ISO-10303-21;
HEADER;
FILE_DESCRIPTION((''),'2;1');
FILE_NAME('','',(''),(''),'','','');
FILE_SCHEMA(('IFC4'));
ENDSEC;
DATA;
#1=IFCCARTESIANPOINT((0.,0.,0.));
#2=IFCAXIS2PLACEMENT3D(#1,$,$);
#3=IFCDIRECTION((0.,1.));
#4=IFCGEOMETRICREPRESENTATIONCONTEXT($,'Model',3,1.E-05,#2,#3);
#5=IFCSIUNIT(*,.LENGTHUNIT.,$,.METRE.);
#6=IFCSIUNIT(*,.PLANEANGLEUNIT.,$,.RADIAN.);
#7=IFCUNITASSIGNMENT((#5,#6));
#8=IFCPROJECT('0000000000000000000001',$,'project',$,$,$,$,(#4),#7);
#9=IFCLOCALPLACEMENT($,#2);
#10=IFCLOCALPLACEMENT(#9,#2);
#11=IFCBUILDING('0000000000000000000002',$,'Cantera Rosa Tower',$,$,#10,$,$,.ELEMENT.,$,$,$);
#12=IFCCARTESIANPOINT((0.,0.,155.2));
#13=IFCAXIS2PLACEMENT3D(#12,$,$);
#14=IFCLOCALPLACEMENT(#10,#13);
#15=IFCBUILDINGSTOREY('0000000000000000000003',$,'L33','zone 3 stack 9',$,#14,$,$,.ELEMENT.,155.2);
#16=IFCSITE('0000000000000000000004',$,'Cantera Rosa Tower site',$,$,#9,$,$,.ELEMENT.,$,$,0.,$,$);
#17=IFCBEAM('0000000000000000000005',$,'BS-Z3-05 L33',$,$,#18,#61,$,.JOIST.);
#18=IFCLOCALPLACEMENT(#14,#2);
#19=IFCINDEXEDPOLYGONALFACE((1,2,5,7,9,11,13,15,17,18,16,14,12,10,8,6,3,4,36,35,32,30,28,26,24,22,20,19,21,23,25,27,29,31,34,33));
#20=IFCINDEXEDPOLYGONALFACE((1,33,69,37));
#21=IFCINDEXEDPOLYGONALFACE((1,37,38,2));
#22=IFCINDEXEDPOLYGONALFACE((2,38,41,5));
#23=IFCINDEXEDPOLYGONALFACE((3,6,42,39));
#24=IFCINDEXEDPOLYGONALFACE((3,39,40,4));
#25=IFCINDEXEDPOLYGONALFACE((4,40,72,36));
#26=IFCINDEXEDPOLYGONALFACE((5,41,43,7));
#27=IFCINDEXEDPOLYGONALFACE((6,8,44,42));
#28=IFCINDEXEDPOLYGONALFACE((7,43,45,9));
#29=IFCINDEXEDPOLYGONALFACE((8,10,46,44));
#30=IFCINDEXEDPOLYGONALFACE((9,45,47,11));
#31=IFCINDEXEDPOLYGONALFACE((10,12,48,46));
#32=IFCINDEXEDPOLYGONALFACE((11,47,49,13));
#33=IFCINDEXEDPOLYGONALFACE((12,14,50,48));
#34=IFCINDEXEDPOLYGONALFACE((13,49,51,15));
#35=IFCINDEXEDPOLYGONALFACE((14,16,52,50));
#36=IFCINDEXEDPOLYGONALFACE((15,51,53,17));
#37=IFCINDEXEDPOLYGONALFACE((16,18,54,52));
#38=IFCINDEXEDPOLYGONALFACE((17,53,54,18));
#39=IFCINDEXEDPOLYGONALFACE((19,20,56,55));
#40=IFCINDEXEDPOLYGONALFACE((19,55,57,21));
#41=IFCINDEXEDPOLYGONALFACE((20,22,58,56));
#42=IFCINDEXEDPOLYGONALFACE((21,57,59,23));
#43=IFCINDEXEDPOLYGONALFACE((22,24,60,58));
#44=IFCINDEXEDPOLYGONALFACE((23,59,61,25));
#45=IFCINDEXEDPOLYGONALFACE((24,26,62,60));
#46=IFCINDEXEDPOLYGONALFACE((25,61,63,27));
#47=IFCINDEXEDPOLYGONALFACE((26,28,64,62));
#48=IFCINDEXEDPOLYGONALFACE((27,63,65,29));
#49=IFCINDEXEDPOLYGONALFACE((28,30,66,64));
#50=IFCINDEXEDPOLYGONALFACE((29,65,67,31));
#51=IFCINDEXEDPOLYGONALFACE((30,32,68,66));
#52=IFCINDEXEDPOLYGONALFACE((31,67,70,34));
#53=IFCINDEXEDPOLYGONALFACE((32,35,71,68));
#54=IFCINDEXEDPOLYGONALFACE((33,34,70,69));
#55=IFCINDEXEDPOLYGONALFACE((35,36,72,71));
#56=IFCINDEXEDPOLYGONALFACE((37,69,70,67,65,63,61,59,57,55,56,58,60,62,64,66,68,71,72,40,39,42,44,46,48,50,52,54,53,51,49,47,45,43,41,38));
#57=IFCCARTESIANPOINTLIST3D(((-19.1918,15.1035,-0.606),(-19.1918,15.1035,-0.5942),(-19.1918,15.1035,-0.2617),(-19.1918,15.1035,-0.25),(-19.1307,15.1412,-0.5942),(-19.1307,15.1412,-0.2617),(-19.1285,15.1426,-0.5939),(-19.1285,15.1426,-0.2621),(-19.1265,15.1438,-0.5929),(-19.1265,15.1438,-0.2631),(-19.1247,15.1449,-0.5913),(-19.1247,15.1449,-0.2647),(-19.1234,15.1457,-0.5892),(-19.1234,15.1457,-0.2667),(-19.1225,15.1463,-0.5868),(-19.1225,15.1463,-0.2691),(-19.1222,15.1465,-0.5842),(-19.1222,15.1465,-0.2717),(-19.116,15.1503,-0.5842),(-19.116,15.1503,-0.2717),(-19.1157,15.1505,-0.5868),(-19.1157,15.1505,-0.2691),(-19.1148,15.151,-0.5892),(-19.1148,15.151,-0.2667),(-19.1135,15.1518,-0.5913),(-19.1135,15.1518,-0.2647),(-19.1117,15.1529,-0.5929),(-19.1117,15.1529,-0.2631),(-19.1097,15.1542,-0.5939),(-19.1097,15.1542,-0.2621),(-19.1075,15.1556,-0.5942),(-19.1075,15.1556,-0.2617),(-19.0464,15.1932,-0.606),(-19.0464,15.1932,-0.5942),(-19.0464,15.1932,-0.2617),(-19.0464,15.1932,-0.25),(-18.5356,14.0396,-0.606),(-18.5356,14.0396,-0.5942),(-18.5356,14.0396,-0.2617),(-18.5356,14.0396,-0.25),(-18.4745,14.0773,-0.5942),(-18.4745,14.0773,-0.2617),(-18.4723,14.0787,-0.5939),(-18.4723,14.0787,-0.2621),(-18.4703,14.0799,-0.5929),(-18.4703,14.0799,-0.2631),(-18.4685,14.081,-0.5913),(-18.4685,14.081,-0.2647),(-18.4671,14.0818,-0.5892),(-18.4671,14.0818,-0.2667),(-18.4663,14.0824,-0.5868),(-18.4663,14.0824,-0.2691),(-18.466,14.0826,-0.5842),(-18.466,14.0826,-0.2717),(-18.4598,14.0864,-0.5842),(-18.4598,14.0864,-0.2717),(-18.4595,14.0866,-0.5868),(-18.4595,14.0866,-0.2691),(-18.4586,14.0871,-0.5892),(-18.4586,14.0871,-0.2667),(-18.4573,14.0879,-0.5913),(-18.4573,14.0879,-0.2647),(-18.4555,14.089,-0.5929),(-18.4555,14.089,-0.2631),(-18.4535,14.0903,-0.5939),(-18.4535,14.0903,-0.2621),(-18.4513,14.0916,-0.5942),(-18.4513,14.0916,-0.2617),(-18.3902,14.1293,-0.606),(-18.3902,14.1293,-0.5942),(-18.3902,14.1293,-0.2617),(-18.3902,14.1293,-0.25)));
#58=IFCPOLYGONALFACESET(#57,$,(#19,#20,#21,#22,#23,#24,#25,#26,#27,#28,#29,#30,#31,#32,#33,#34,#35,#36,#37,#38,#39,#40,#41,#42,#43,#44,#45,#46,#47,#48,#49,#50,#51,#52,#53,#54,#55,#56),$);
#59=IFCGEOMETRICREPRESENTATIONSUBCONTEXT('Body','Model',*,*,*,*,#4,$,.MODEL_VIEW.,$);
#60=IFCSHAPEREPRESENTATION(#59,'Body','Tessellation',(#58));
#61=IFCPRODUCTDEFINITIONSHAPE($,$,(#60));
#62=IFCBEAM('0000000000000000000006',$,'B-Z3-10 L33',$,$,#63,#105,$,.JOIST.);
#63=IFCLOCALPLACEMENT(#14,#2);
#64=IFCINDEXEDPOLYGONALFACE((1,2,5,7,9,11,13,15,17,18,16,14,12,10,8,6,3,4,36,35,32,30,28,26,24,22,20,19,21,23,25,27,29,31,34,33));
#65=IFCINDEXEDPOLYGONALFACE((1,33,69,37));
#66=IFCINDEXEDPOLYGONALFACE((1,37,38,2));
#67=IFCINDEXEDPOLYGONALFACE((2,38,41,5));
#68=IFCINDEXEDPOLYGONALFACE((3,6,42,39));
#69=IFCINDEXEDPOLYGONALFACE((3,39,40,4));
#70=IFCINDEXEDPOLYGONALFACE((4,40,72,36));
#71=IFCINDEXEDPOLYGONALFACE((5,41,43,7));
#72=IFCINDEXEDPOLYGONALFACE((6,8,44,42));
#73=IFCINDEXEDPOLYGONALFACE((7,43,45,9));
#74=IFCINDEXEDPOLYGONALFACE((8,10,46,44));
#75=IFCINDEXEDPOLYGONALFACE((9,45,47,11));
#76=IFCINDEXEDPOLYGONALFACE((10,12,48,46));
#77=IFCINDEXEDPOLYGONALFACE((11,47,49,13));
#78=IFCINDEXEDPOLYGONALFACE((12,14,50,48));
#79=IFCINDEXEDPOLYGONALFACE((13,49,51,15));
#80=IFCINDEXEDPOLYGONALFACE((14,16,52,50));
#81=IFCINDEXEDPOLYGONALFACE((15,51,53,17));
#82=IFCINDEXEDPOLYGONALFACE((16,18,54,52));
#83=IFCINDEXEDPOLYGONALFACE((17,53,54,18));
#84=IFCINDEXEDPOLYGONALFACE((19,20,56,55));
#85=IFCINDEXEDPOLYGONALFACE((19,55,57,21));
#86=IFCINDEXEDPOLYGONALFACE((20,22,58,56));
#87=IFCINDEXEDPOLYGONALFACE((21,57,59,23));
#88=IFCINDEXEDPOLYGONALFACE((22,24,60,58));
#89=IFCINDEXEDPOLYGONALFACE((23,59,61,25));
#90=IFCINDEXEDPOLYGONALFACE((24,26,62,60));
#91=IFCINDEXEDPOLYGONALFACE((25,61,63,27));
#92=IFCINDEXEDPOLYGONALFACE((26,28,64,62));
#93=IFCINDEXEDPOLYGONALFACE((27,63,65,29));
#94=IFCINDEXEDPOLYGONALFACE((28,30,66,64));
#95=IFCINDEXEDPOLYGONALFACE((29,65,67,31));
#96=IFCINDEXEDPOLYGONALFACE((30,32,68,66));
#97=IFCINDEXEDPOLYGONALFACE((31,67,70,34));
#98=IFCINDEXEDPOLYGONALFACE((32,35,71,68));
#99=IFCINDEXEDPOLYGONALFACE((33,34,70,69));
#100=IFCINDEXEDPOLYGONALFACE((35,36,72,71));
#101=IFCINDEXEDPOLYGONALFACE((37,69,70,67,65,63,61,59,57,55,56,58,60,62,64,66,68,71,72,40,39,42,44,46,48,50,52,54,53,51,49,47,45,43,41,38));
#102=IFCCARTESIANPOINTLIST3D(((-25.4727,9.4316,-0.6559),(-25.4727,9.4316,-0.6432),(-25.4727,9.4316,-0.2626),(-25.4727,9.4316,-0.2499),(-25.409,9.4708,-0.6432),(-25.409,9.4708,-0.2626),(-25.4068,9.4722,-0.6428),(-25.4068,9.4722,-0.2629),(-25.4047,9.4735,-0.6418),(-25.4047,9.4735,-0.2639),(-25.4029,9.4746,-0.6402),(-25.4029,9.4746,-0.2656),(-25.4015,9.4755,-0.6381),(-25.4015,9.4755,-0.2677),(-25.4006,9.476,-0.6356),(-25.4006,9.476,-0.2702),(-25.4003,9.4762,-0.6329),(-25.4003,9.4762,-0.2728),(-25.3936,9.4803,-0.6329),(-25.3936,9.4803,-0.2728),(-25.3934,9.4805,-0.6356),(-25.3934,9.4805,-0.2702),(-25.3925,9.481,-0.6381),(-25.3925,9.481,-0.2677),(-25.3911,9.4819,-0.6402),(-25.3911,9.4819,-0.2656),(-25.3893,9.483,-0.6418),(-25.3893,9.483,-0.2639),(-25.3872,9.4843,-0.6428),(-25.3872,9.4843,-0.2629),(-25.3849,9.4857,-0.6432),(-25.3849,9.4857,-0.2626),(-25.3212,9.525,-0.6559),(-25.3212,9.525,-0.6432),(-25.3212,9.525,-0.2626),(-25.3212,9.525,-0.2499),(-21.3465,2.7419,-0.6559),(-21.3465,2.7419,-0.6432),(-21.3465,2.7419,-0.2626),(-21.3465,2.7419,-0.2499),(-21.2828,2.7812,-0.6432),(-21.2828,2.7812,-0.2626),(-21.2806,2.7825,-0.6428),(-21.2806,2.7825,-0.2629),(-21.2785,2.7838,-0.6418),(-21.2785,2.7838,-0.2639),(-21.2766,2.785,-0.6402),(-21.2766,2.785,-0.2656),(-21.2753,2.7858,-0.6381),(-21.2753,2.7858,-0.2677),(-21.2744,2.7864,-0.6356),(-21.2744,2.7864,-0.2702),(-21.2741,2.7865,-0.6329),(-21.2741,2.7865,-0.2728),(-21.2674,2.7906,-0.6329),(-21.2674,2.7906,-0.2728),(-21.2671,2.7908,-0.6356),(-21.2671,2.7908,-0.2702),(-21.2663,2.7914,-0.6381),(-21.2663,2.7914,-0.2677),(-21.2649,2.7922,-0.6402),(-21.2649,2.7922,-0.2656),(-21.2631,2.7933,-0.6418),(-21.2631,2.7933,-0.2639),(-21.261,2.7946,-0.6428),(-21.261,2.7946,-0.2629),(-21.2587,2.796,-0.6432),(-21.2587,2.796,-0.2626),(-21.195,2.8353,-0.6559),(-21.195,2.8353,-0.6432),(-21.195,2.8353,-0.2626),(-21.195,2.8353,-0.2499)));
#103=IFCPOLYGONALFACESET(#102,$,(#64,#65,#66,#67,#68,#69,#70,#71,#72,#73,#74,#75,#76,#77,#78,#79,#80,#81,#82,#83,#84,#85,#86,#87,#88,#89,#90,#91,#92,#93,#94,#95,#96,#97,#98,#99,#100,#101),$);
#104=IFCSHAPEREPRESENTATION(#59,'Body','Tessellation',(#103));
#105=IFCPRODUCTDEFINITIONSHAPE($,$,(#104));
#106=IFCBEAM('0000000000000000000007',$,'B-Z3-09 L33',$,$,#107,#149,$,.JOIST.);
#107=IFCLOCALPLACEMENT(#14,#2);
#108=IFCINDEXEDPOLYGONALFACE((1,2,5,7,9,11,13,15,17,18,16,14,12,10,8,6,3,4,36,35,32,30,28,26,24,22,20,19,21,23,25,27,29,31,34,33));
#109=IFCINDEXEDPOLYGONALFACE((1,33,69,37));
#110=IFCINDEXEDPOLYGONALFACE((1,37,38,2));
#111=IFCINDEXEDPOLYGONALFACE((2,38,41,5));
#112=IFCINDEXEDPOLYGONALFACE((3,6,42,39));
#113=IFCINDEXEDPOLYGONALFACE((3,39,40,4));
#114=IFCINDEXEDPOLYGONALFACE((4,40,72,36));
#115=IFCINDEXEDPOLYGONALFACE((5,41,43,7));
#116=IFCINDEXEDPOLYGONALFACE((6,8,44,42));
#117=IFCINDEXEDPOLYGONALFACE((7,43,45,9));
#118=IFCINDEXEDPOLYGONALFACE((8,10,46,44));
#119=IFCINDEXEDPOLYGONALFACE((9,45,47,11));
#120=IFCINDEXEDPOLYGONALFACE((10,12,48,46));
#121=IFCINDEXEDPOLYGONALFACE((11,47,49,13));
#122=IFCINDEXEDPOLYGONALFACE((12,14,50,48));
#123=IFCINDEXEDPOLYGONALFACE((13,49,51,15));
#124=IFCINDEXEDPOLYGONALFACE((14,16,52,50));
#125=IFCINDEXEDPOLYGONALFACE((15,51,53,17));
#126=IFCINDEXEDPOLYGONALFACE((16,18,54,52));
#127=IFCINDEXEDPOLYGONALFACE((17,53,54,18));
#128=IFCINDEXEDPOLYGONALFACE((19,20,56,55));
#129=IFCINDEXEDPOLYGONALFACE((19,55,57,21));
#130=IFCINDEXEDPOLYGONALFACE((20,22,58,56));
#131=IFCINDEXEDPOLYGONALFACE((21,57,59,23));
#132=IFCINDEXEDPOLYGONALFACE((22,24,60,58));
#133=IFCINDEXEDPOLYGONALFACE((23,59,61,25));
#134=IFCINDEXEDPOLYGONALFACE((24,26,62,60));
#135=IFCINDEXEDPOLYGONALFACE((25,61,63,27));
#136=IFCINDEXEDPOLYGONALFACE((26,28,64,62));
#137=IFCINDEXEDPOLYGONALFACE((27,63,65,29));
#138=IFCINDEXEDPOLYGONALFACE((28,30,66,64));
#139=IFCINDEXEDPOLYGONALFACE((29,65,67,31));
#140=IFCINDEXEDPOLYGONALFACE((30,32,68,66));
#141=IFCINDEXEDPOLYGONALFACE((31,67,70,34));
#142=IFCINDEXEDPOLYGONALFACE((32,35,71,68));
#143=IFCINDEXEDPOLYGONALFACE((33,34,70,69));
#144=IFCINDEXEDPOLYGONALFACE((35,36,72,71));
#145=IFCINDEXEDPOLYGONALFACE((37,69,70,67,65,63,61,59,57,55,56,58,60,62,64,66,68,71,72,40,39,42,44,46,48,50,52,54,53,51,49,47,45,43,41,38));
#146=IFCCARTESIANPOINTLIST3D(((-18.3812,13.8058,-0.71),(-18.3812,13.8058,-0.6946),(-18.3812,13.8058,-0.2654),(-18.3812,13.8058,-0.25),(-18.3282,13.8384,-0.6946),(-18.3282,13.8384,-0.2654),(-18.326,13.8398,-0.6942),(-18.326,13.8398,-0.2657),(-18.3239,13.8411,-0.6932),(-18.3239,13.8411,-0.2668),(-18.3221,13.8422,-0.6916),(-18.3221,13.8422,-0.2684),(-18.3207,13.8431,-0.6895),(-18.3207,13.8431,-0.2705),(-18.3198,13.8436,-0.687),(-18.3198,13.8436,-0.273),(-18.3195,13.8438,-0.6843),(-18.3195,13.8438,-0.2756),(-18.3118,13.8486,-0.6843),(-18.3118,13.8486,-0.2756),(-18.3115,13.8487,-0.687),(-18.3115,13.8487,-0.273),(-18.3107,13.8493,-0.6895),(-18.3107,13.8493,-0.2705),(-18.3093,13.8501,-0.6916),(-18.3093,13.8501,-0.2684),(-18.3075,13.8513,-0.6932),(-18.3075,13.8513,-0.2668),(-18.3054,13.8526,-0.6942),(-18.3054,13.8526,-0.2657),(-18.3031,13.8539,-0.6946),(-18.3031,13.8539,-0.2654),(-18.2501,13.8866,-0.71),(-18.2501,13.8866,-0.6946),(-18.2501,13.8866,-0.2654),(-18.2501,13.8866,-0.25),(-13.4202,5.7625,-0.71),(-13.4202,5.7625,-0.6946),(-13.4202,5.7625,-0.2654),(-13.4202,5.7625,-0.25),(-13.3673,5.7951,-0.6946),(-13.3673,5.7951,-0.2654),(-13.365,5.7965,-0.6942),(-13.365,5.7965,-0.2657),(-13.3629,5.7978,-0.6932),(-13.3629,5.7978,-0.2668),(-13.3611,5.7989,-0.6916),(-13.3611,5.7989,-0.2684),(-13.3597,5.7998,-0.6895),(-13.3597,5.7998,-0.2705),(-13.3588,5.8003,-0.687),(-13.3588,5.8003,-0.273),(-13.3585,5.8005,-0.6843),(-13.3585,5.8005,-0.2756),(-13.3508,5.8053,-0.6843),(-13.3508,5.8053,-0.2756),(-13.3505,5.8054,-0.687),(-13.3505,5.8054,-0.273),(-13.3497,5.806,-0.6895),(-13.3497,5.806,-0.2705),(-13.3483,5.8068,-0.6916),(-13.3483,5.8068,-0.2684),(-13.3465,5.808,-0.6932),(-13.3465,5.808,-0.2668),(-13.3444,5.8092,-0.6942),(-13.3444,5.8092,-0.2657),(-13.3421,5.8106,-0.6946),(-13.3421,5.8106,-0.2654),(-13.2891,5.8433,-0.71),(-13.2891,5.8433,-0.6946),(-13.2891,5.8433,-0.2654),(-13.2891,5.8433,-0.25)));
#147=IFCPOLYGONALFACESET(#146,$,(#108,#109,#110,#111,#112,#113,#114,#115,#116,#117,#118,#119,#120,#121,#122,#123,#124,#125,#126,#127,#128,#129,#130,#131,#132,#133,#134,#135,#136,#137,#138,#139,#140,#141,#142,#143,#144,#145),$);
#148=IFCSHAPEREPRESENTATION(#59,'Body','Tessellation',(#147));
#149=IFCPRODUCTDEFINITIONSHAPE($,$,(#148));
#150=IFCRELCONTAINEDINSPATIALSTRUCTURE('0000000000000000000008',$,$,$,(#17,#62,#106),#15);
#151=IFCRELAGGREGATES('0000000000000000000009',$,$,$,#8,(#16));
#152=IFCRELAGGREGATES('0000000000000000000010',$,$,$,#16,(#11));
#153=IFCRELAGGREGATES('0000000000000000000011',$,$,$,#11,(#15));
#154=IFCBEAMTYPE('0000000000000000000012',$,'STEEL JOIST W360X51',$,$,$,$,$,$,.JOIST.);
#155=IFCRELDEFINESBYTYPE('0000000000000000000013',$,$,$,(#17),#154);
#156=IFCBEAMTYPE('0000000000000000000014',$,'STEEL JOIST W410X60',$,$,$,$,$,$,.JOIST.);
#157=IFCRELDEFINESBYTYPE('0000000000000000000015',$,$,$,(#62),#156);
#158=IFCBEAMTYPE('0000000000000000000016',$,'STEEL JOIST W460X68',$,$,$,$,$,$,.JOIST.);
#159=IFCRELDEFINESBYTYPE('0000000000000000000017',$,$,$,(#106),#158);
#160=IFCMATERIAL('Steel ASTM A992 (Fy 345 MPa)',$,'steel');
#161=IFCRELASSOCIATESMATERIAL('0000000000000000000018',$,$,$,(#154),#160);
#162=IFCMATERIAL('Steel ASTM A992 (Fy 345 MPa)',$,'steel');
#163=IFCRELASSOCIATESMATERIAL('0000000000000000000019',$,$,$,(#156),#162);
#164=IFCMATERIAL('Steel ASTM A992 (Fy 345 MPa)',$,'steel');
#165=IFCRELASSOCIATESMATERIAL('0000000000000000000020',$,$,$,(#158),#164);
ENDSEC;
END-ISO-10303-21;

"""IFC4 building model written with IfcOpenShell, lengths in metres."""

from ifc_helpers import new_model, si_unit, direction, frame, origin, origin_2d, place, context, subcontext, project, spatial, i_section, extrude, material, material_profile, profile_set, type_object, element, save


model = new_model("IFC4")

# Units and contexts
model_context = context("Model", 3, precision=1e-05, world=origin(), true_north=direction((0.0, 1.0)))
body_context = subcontext(model_context, "Body", "Model", "MODEL_VIEW")
ifc_project = project(units=[si_unit("LENGTHUNIT", "METRE"), si_unit("PLANEANGLEUNIT", "RADIAN")], contexts=[model_context])

# Site, building, storey
site_placement = place(None, origin())
site = spatial("IfcSite", under=ifc_project, at=site_placement, Name="Cantera Rosa Tower site", CompositionType="ELEMENT", RefElevation=0.0)
building_placement = place(site_placement, origin())
building = spatial("IfcBuilding", under=site, at=building_placement, Name="Cantera Rosa Tower", CompositionType="ELEMENT")
storey_placement = place(building_placement, frame((0.0, 0.0, 155.2)))
storey = spatial("IfcBuildingStorey", under=building, at=storey_placement, Name="L33", Description="zone 3 stack 9", CompositionType="ELEMENT", Elevation=155.2)

# Beams
ifc_material_1 = material(Name="Steel ASTM A992 (Fy 345 MPa)", Category="steel")
ifc_material_profile_1 = material_profile(ifc_material_1, i_section(OverallWidth=0.1709, OverallDepth=0.356, WebThickness=0.0073, FlangeThickness=0.0117, FilletRadius=0.01, at=origin_2d()), Name="W360X51")
ifc_profile_set_1 = profile_set([ifc_material_profile_1], Name="Steel ASTM A992 (Fy 345 MPa)")
beam_type_1 = type_object("IfcBeamType", Name="STEEL JOIST W360X51", PredefinedType="JOIST", material=ifc_profile_set_1)
beam_1_placement = place(storey_placement, frame((-18.4629, 14.0845, -0.428), z_axis=(-0.524969, 0.851121, 0.0), x_axis=(-0.851121, -0.524969, 0.0)))
element("IfcBeam", 1, at=beam_1_placement, inside=storey, type_object=beam_type_1, Name="BS-Z3-05 L33", PredefinedType="JOIST", context=body_context, shape_type="SweptSolid", body=[
    extrude(i_section(OverallWidth=0.1709, OverallDepth=0.356, WebThickness=0.0073, FlangeThickness=0.0117, FilletRadius=0.01, at=origin_2d()), origin(), (0.0, 0.0, 1.0), 1.25),
])
ifc_material_2 = material(Name="Steel ASTM A992 (Fy 345 MPa)", Category="steel")
ifc_material_profile_2 = material_profile(ifc_material_2, i_section(OverallWidth=0.178, OverallDepth=0.406, WebThickness=0.0078, FlangeThickness=0.0127, FilletRadius=0.0103, at=origin_2d()), Name="W410X60")
ifc_profile_set_2 = profile_set([ifc_material_profile_2], Name="Steel ASTM A992 (Fy 345 MPa)")
beam_type_2 = type_object("IfcBeamType", Name="STEEL JOIST W410X60", PredefinedType="JOIST", material=ifc_profile_set_2)
beam_2_placement = place(storey_placement, frame((-25.397, 9.4783, -0.4529), z_axis=(0.524972, -0.851119, 0.0), x_axis=(0.851119, 0.524972, 0.0)))
element("IfcBeam", 2, at=beam_2_placement, inside=storey, type_object=beam_type_2, Name="B-Z3-10 L33", PredefinedType="JOIST", context=body_context, shape_type="SweptSolid", body=[
    extrude(i_section(OverallWidth=0.178, OverallDepth=0.406, WebThickness=0.0078, FlangeThickness=0.0127, FilletRadius=0.0103, at=origin_2d()), origin(), (0.0, 0.0, 1.0), 7.8599),
])
ifc_material_3 = material(Name="Steel ASTM A992 (Fy 345 MPa)", Category="steel")
ifc_material_profile_3 = material_profile(ifc_material_3, i_section(OverallWidth=0.1541, OverallDepth=0.46, WebThickness=0.009, FlangeThickness=0.0154, FilletRadius=0.0103, at=origin_2d()), Name="W460X68")
ifc_profile_set_3 = profile_set([ifc_material_profile_3], Name="Steel ASTM A992 (Fy 345 MPa)")
beam_type_3 = type_object("IfcBeamType", Name="STEEL JOIST W460X68", PredefinedType="JOIST", material=ifc_profile_set_3)
beam_3_placement = place(storey_placement, frame((-18.3157, 13.8462, -0.48), z_axis=(0.524962, -0.851126, 0.0), x_axis=(0.851126, 0.524962, 0.0)))
element("IfcBeam", 3, at=beam_3_placement, inside=storey, type_object=beam_type_3, Name="B-Z3-09 L33", PredefinedType="JOIST", context=body_context, shape_type="SweptSolid", body=[
    extrude(i_section(OverallWidth=0.1541, OverallDepth=0.46, WebThickness=0.009, FlangeThickness=0.0154, FilletRadius=0.0103, at=origin_2d()), origin(), (0.0, 0.0, 1.0), 9.4502),
])

save(model, "model.ifc")
